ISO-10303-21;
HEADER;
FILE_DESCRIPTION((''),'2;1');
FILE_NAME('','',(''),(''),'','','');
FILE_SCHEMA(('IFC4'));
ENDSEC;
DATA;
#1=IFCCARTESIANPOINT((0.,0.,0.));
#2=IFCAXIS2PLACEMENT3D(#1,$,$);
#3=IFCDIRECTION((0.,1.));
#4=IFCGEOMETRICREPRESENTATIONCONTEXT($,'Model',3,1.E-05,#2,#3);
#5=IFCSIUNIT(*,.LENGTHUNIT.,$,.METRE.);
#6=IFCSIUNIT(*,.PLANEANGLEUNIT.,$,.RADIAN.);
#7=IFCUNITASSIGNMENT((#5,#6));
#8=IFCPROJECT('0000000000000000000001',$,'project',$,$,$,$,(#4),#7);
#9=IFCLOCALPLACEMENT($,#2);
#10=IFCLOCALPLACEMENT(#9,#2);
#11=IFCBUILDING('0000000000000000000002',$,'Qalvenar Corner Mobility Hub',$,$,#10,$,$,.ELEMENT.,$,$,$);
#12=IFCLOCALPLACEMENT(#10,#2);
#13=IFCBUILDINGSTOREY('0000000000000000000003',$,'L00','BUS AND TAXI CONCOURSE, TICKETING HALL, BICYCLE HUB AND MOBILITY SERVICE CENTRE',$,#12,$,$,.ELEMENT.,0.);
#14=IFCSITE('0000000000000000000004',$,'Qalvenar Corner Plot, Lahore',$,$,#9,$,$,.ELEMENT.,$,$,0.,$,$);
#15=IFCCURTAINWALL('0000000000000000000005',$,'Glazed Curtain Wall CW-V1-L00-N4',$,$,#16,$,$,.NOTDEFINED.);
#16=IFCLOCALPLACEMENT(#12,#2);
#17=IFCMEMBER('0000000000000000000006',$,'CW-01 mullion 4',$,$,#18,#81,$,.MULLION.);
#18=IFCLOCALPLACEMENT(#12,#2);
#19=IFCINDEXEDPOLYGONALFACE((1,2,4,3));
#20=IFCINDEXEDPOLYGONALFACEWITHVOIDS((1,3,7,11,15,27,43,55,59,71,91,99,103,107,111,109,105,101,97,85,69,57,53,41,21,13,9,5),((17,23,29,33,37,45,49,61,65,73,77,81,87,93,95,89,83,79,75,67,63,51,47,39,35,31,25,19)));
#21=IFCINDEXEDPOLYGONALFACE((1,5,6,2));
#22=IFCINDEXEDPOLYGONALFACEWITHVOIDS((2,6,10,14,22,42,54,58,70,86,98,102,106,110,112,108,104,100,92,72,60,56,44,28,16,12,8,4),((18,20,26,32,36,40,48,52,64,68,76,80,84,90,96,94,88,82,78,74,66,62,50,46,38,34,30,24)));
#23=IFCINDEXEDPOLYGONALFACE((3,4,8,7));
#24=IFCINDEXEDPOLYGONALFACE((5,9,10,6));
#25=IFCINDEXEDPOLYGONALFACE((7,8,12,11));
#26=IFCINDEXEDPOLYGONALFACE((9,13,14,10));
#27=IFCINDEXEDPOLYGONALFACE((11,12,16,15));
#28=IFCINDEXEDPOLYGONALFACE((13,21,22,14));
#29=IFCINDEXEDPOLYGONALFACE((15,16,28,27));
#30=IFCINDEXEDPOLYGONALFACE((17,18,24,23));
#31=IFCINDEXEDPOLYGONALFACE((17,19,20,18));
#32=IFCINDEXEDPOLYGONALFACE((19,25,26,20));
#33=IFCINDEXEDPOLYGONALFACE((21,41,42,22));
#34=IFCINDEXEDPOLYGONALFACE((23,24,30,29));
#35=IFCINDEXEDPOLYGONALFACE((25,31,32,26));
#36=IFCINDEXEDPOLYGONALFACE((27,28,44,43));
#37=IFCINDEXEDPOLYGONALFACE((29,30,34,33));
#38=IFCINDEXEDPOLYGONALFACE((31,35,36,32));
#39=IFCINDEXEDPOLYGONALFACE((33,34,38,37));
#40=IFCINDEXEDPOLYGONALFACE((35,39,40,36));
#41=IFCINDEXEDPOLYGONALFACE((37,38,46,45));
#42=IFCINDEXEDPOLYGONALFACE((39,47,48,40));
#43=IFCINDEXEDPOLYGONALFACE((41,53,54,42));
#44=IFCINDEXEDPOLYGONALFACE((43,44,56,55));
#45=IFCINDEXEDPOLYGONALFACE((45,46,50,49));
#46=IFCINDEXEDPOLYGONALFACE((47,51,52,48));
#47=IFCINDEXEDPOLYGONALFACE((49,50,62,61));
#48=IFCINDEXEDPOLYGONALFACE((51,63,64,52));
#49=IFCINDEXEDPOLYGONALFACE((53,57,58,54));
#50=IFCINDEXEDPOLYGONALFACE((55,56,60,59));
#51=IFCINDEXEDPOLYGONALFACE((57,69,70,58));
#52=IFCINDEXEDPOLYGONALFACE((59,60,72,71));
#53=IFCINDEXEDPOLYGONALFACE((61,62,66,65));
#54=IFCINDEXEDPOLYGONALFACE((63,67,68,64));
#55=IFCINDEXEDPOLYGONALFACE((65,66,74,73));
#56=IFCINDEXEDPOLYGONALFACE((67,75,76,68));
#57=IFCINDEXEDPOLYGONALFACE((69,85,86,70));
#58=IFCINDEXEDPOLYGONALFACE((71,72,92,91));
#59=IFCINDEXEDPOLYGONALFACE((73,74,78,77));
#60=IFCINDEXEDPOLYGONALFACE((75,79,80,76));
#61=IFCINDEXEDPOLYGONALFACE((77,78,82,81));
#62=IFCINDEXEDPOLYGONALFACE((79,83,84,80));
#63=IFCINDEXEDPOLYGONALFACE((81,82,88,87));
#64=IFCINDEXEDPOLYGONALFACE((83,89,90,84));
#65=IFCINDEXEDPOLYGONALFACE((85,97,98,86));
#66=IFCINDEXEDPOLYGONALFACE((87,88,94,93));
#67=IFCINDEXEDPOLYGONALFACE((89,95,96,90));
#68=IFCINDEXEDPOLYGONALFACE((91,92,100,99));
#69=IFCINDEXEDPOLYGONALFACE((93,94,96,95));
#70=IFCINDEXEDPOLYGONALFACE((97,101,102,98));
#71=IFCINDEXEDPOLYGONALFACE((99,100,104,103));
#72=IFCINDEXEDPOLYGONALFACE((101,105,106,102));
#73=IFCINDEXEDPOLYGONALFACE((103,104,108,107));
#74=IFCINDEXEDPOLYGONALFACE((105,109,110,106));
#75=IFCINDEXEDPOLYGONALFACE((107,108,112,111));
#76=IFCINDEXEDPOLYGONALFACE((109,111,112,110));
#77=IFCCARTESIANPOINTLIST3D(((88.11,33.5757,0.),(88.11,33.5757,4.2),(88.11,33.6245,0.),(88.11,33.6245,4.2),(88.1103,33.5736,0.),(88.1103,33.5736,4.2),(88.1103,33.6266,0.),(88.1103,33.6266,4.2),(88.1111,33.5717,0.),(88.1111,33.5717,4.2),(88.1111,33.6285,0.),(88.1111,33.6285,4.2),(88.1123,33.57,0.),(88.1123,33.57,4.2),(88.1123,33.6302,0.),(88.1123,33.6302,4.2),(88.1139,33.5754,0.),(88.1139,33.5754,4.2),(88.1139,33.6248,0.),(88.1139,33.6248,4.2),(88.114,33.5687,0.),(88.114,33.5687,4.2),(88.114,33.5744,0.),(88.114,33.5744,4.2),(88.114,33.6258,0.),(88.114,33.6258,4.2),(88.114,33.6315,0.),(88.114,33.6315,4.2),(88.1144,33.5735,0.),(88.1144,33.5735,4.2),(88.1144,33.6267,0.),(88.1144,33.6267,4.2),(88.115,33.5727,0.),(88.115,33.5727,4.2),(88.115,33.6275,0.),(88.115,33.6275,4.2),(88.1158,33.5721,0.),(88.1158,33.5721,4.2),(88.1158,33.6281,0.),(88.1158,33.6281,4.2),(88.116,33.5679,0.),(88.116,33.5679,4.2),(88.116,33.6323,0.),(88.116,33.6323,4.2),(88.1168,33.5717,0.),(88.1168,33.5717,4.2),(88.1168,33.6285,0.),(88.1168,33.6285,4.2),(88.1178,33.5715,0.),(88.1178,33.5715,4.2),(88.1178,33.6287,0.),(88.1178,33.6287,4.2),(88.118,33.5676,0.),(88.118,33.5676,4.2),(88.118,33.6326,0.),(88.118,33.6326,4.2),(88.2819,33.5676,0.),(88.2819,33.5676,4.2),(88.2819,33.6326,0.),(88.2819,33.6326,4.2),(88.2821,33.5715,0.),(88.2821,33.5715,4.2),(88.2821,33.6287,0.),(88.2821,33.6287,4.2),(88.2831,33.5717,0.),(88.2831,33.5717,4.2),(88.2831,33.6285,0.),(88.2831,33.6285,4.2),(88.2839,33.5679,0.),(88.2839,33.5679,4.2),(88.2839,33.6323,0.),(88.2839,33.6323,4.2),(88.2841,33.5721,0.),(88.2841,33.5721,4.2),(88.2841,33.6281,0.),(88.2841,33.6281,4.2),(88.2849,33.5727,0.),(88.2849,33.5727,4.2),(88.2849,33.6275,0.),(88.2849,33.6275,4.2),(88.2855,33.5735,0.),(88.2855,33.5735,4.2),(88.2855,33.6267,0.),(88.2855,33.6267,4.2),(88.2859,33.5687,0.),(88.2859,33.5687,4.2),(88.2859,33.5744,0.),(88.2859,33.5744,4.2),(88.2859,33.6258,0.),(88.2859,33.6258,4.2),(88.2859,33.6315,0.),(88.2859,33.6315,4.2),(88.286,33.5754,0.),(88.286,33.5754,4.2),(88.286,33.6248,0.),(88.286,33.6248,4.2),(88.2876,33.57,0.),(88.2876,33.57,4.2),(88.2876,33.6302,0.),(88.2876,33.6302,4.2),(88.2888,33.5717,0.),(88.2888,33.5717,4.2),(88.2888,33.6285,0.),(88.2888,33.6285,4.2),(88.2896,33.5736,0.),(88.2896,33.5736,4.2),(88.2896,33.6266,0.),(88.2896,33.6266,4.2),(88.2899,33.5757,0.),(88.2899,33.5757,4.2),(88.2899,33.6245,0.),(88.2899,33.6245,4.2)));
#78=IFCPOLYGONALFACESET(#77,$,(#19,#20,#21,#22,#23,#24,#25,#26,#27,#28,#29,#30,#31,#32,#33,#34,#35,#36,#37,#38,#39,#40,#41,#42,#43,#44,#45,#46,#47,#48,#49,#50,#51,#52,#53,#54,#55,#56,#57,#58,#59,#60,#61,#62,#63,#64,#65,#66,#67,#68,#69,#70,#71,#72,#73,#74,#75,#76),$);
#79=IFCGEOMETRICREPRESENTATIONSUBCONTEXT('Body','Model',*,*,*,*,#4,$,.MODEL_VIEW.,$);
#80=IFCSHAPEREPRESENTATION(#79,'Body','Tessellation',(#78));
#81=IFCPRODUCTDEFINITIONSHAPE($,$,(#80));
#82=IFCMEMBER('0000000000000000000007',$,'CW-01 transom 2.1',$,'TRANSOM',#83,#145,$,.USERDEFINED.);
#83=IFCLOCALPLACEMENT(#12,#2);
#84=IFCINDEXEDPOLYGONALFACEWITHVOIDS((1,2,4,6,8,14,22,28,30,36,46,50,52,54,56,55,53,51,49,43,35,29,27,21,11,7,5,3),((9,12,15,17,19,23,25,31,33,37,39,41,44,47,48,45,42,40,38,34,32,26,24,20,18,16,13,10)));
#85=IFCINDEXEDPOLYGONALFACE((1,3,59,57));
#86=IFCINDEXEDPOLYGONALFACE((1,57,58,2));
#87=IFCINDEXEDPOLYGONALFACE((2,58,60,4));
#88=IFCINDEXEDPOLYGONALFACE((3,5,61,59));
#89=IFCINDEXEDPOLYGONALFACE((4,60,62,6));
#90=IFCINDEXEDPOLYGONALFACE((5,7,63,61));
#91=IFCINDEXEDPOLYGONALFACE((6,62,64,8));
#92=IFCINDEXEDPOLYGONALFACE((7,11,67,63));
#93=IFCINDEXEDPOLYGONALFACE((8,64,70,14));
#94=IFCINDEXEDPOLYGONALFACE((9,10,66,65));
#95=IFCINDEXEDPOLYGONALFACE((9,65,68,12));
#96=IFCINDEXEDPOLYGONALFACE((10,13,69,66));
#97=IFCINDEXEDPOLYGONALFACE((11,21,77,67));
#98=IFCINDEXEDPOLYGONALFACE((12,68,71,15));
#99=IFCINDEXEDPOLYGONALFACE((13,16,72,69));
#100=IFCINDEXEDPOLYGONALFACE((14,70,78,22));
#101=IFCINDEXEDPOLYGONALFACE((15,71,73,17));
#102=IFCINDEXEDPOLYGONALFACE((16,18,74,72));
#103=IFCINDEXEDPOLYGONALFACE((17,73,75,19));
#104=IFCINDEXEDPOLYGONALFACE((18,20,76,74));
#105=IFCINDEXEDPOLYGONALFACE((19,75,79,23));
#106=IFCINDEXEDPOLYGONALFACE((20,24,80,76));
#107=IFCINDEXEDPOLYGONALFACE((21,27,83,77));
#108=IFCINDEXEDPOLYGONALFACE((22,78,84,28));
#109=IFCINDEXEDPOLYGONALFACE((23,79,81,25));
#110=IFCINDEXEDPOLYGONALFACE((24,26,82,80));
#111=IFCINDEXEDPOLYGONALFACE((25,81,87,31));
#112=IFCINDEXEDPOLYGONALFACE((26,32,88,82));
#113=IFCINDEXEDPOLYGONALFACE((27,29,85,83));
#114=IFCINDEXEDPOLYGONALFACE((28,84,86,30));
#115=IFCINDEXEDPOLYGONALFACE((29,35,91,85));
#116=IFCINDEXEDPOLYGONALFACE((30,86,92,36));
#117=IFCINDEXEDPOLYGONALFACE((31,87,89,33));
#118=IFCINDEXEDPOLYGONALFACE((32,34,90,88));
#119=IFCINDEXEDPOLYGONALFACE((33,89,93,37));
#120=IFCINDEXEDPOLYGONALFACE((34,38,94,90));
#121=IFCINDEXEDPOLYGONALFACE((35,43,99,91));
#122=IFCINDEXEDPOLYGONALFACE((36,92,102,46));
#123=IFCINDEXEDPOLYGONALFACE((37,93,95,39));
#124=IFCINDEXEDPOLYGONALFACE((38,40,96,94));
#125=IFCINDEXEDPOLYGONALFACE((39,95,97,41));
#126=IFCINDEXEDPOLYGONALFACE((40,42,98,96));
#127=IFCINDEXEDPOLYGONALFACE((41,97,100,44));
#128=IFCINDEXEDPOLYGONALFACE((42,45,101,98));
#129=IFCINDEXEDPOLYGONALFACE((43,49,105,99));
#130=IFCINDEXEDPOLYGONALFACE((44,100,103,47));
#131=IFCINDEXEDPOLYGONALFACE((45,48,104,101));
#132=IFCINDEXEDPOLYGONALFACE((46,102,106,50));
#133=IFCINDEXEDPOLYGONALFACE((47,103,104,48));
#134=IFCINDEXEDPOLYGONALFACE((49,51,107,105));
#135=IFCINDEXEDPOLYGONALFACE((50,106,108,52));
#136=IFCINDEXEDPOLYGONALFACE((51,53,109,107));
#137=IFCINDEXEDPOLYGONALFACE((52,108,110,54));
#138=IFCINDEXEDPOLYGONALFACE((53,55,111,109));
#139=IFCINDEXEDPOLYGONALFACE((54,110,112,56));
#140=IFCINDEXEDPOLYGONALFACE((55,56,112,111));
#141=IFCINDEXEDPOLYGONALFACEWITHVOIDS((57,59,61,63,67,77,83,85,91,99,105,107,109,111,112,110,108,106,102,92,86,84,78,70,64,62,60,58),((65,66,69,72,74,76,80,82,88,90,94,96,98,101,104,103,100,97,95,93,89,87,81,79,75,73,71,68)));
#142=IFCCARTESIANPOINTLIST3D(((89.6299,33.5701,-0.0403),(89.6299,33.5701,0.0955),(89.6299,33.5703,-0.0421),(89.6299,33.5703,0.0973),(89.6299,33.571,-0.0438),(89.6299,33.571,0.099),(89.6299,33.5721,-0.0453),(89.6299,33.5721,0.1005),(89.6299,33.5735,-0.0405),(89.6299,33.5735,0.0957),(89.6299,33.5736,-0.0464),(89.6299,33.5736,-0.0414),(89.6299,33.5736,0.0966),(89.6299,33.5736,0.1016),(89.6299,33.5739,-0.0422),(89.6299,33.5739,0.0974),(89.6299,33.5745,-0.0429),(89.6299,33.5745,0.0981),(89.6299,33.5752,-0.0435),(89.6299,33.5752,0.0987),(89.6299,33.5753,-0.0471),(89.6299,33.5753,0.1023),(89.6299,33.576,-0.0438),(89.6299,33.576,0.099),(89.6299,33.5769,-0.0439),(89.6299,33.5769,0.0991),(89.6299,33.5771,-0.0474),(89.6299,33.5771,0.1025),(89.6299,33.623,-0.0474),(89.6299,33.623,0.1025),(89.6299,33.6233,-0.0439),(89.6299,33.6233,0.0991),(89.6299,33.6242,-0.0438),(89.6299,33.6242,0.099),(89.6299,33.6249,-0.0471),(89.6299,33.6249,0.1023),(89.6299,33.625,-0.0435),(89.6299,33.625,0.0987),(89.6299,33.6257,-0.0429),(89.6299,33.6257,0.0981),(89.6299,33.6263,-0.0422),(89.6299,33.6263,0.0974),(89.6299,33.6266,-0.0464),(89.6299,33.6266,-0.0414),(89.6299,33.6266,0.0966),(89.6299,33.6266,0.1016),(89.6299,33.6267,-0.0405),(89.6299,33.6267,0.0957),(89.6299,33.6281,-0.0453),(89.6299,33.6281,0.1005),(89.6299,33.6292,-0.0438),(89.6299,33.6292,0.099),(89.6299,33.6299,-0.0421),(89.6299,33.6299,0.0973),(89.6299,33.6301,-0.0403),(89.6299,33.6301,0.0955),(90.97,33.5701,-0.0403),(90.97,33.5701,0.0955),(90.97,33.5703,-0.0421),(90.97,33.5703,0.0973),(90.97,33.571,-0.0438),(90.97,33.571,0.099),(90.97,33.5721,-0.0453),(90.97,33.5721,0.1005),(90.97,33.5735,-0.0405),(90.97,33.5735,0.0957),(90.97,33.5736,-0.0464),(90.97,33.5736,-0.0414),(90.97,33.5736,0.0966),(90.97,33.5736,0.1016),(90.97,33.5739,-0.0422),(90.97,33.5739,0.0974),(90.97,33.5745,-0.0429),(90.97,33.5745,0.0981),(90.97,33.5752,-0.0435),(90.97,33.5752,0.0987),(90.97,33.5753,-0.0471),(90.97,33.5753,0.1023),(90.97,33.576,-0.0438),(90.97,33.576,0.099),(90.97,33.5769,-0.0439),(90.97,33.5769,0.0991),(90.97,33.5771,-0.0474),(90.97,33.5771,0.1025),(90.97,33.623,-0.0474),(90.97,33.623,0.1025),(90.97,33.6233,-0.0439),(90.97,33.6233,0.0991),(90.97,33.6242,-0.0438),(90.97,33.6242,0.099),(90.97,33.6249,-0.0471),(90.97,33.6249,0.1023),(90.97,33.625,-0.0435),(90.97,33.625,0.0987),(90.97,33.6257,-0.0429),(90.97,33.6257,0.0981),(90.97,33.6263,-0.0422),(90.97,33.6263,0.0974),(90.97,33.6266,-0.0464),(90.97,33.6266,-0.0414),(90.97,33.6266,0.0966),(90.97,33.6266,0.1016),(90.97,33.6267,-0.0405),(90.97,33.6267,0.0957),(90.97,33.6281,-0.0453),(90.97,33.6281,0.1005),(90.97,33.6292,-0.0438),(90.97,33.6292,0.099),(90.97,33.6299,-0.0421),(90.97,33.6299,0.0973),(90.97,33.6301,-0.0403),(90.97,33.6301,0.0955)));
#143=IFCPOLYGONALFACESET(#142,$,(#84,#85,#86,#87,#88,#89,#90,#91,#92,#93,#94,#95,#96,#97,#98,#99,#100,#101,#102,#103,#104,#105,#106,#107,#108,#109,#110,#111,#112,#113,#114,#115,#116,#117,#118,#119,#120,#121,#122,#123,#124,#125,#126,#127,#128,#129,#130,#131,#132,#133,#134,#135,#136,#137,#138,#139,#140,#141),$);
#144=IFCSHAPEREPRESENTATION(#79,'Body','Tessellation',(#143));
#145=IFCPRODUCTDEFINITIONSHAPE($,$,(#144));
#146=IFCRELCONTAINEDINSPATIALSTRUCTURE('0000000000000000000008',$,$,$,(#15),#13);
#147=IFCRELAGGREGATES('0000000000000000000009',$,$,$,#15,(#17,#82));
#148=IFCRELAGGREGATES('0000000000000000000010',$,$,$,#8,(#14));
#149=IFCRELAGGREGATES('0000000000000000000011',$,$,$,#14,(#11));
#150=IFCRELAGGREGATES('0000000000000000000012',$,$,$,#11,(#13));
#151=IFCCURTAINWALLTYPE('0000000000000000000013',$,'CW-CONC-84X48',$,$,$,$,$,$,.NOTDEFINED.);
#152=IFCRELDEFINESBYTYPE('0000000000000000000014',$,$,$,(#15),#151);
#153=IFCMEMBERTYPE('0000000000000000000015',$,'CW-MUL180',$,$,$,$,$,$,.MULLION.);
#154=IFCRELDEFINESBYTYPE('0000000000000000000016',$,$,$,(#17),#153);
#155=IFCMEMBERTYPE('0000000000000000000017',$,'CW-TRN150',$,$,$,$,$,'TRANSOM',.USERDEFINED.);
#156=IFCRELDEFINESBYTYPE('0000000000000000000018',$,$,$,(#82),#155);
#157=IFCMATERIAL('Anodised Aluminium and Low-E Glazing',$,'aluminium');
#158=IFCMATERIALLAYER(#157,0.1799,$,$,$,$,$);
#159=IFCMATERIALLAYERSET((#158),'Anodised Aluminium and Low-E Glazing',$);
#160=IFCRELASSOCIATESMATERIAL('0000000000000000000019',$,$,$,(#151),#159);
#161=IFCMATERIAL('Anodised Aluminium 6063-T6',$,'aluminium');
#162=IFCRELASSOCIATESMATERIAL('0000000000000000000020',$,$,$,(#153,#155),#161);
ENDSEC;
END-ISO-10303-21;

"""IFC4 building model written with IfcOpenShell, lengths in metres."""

from ifc_helpers import new_model, si_unit, direction, frame, origin, origin_2d, place, context, subcontext, project, spatial, hollow_rectangle, extrude, material, layer, layer_set, material_profile, profile_set, type_object, element, aggregate, save


model = new_model("IFC4")

# Units and contexts
model_context = context("Model", 3, precision=1e-05, world=origin(), true_north=direction((0.0, 1.0)))
body_context = subcontext(model_context, "Body", "Model", "MODEL_VIEW")
ifc_project = project(units=[si_unit("LENGTHUNIT", "METRE"), si_unit("PLANEANGLEUNIT", "RADIAN")], contexts=[model_context])

# Site, building, storey
site_placement = place(None, origin())
site = spatial("IfcSite", under=ifc_project, at=site_placement, Name="Qalvenar Corner Plot, Lahore", CompositionType="ELEMENT", RefElevation=0.0)
building_placement = place(site_placement, origin())
building = spatial("IfcBuilding", under=site, at=building_placement, Name="Qalvenar Corner Mobility Hub", CompositionType="ELEMENT")
storey_placement = place(building_placement, origin())
storey = spatial("IfcBuildingStorey", under=building, at=storey_placement, Name="L00", Description="BUS AND TAXI CONCOURSE, TICKETING HALL, BICYCLE HUB AND MOBILITY SERVICE CENTRE", CompositionType="ELEMENT", Elevation=0.0)

# Curtain wall, members
ifc_material_1 = material(Name="Anodised Aluminium and Low-E Glazing", Category="aluminium")
ifc_layer_1 = layer(ifc_material_1, 0.1799)
ifc_layer_set_1 = layer_set([ifc_layer_1], Name="Anodised Aluminium and Low-E Glazing")
curtain_wall_type = type_object("IfcCurtainWallType", Name="CW-CONC-84X48", PredefinedType="NOTDEFINED", material=ifc_layer_set_1)
curtain_wall_placement = place(storey_placement, origin())
curtain_wall = element("IfcCurtainWall", 1, at=curtain_wall_placement, inside=storey, type_object=curtain_wall_type, Name="Glazed Curtain Wall CW-V1-L00-N4", PredefinedType="NOTDEFINED")
ifc_material_2 = material(Name="Anodised Aluminium 6063-T6", Category="aluminium")
ifc_material_profile_1 = material_profile(ifc_material_2, hollow_rectangle(XDim=0.0649, YDim=0.1799, WallThickness=0.0039, InnerFilletRadius=0.0039, OuterFilletRadius=0.0081, at=origin_2d()), Name="RHS180x65x4")
ifc_profile_set_1 = profile_set([ifc_material_profile_1], Name="Anodised Aluminium 6063-T6")
member_type_1 = type_object("IfcMemberType", Name="CW-MUL180", PredefinedType="MULLION", material=ifc_profile_set_1)
member_1_placement = place(storey_placement, frame((88.2, 33.6001, 0.0), z_axis=(0.0, 0.0, 1.0), x_axis=(0.0, -1.0, 0.0)))
member_1 = element("IfcMember", 2, at=member_1_placement, type_object=member_type_1, Name="CW-01 mullion 4", PredefinedType="MULLION", context=body_context, shape_type="SweptSolid", body=[
    extrude(hollow_rectangle(XDim=0.0649, YDim=0.1799, WallThickness=0.0039, InnerFilletRadius=0.0039, OuterFilletRadius=0.0081, at=origin_2d()), origin(), (0.0, 0.0, 1.0), 4.2),
])
ifc_material_profile_2 = material_profile(ifc_material_2, hollow_rectangle(XDim=0.0601, YDim=0.1499, WallThickness=0.0034, InnerFilletRadius=0.0034, OuterFilletRadius=0.0071, at=origin_2d()), Name="RHS150x60x3.5")
ifc_profile_set_2 = profile_set([ifc_material_profile_2], Name="Anodised Aluminium 6063-T6")
member_type_2 = type_object("IfcMemberType", Name="CW-TRN150", ElementType="TRANSOM", PredefinedType="USERDEFINED", material=ifc_profile_set_2)
member_2_placement = place(storey_placement, frame((90.97, 33.6001, 0.0276), z_axis=(-1.0, 0.0, 0.0), x_axis=(0.0, -1.0, 0.0)))
member_2 = element("IfcMember", 3, at=member_2_placement, type_object=member_type_2, Name="CW-01 transom 2.1", ObjectType="TRANSOM", PredefinedType="USERDEFINED", context=body_context, shape_type="SweptSolid", body=[
    extrude(hollow_rectangle(XDim=0.0601, YDim=0.1499, WallThickness=0.0034, InnerFilletRadius=0.0034, OuterFilletRadius=0.0071, at=origin_2d()), origin(), (0.0, 0.0, 1.0), 1.3401),
])

aggregate(curtain_wall, [member_1, member_2])

save(model, "model.ifc")
